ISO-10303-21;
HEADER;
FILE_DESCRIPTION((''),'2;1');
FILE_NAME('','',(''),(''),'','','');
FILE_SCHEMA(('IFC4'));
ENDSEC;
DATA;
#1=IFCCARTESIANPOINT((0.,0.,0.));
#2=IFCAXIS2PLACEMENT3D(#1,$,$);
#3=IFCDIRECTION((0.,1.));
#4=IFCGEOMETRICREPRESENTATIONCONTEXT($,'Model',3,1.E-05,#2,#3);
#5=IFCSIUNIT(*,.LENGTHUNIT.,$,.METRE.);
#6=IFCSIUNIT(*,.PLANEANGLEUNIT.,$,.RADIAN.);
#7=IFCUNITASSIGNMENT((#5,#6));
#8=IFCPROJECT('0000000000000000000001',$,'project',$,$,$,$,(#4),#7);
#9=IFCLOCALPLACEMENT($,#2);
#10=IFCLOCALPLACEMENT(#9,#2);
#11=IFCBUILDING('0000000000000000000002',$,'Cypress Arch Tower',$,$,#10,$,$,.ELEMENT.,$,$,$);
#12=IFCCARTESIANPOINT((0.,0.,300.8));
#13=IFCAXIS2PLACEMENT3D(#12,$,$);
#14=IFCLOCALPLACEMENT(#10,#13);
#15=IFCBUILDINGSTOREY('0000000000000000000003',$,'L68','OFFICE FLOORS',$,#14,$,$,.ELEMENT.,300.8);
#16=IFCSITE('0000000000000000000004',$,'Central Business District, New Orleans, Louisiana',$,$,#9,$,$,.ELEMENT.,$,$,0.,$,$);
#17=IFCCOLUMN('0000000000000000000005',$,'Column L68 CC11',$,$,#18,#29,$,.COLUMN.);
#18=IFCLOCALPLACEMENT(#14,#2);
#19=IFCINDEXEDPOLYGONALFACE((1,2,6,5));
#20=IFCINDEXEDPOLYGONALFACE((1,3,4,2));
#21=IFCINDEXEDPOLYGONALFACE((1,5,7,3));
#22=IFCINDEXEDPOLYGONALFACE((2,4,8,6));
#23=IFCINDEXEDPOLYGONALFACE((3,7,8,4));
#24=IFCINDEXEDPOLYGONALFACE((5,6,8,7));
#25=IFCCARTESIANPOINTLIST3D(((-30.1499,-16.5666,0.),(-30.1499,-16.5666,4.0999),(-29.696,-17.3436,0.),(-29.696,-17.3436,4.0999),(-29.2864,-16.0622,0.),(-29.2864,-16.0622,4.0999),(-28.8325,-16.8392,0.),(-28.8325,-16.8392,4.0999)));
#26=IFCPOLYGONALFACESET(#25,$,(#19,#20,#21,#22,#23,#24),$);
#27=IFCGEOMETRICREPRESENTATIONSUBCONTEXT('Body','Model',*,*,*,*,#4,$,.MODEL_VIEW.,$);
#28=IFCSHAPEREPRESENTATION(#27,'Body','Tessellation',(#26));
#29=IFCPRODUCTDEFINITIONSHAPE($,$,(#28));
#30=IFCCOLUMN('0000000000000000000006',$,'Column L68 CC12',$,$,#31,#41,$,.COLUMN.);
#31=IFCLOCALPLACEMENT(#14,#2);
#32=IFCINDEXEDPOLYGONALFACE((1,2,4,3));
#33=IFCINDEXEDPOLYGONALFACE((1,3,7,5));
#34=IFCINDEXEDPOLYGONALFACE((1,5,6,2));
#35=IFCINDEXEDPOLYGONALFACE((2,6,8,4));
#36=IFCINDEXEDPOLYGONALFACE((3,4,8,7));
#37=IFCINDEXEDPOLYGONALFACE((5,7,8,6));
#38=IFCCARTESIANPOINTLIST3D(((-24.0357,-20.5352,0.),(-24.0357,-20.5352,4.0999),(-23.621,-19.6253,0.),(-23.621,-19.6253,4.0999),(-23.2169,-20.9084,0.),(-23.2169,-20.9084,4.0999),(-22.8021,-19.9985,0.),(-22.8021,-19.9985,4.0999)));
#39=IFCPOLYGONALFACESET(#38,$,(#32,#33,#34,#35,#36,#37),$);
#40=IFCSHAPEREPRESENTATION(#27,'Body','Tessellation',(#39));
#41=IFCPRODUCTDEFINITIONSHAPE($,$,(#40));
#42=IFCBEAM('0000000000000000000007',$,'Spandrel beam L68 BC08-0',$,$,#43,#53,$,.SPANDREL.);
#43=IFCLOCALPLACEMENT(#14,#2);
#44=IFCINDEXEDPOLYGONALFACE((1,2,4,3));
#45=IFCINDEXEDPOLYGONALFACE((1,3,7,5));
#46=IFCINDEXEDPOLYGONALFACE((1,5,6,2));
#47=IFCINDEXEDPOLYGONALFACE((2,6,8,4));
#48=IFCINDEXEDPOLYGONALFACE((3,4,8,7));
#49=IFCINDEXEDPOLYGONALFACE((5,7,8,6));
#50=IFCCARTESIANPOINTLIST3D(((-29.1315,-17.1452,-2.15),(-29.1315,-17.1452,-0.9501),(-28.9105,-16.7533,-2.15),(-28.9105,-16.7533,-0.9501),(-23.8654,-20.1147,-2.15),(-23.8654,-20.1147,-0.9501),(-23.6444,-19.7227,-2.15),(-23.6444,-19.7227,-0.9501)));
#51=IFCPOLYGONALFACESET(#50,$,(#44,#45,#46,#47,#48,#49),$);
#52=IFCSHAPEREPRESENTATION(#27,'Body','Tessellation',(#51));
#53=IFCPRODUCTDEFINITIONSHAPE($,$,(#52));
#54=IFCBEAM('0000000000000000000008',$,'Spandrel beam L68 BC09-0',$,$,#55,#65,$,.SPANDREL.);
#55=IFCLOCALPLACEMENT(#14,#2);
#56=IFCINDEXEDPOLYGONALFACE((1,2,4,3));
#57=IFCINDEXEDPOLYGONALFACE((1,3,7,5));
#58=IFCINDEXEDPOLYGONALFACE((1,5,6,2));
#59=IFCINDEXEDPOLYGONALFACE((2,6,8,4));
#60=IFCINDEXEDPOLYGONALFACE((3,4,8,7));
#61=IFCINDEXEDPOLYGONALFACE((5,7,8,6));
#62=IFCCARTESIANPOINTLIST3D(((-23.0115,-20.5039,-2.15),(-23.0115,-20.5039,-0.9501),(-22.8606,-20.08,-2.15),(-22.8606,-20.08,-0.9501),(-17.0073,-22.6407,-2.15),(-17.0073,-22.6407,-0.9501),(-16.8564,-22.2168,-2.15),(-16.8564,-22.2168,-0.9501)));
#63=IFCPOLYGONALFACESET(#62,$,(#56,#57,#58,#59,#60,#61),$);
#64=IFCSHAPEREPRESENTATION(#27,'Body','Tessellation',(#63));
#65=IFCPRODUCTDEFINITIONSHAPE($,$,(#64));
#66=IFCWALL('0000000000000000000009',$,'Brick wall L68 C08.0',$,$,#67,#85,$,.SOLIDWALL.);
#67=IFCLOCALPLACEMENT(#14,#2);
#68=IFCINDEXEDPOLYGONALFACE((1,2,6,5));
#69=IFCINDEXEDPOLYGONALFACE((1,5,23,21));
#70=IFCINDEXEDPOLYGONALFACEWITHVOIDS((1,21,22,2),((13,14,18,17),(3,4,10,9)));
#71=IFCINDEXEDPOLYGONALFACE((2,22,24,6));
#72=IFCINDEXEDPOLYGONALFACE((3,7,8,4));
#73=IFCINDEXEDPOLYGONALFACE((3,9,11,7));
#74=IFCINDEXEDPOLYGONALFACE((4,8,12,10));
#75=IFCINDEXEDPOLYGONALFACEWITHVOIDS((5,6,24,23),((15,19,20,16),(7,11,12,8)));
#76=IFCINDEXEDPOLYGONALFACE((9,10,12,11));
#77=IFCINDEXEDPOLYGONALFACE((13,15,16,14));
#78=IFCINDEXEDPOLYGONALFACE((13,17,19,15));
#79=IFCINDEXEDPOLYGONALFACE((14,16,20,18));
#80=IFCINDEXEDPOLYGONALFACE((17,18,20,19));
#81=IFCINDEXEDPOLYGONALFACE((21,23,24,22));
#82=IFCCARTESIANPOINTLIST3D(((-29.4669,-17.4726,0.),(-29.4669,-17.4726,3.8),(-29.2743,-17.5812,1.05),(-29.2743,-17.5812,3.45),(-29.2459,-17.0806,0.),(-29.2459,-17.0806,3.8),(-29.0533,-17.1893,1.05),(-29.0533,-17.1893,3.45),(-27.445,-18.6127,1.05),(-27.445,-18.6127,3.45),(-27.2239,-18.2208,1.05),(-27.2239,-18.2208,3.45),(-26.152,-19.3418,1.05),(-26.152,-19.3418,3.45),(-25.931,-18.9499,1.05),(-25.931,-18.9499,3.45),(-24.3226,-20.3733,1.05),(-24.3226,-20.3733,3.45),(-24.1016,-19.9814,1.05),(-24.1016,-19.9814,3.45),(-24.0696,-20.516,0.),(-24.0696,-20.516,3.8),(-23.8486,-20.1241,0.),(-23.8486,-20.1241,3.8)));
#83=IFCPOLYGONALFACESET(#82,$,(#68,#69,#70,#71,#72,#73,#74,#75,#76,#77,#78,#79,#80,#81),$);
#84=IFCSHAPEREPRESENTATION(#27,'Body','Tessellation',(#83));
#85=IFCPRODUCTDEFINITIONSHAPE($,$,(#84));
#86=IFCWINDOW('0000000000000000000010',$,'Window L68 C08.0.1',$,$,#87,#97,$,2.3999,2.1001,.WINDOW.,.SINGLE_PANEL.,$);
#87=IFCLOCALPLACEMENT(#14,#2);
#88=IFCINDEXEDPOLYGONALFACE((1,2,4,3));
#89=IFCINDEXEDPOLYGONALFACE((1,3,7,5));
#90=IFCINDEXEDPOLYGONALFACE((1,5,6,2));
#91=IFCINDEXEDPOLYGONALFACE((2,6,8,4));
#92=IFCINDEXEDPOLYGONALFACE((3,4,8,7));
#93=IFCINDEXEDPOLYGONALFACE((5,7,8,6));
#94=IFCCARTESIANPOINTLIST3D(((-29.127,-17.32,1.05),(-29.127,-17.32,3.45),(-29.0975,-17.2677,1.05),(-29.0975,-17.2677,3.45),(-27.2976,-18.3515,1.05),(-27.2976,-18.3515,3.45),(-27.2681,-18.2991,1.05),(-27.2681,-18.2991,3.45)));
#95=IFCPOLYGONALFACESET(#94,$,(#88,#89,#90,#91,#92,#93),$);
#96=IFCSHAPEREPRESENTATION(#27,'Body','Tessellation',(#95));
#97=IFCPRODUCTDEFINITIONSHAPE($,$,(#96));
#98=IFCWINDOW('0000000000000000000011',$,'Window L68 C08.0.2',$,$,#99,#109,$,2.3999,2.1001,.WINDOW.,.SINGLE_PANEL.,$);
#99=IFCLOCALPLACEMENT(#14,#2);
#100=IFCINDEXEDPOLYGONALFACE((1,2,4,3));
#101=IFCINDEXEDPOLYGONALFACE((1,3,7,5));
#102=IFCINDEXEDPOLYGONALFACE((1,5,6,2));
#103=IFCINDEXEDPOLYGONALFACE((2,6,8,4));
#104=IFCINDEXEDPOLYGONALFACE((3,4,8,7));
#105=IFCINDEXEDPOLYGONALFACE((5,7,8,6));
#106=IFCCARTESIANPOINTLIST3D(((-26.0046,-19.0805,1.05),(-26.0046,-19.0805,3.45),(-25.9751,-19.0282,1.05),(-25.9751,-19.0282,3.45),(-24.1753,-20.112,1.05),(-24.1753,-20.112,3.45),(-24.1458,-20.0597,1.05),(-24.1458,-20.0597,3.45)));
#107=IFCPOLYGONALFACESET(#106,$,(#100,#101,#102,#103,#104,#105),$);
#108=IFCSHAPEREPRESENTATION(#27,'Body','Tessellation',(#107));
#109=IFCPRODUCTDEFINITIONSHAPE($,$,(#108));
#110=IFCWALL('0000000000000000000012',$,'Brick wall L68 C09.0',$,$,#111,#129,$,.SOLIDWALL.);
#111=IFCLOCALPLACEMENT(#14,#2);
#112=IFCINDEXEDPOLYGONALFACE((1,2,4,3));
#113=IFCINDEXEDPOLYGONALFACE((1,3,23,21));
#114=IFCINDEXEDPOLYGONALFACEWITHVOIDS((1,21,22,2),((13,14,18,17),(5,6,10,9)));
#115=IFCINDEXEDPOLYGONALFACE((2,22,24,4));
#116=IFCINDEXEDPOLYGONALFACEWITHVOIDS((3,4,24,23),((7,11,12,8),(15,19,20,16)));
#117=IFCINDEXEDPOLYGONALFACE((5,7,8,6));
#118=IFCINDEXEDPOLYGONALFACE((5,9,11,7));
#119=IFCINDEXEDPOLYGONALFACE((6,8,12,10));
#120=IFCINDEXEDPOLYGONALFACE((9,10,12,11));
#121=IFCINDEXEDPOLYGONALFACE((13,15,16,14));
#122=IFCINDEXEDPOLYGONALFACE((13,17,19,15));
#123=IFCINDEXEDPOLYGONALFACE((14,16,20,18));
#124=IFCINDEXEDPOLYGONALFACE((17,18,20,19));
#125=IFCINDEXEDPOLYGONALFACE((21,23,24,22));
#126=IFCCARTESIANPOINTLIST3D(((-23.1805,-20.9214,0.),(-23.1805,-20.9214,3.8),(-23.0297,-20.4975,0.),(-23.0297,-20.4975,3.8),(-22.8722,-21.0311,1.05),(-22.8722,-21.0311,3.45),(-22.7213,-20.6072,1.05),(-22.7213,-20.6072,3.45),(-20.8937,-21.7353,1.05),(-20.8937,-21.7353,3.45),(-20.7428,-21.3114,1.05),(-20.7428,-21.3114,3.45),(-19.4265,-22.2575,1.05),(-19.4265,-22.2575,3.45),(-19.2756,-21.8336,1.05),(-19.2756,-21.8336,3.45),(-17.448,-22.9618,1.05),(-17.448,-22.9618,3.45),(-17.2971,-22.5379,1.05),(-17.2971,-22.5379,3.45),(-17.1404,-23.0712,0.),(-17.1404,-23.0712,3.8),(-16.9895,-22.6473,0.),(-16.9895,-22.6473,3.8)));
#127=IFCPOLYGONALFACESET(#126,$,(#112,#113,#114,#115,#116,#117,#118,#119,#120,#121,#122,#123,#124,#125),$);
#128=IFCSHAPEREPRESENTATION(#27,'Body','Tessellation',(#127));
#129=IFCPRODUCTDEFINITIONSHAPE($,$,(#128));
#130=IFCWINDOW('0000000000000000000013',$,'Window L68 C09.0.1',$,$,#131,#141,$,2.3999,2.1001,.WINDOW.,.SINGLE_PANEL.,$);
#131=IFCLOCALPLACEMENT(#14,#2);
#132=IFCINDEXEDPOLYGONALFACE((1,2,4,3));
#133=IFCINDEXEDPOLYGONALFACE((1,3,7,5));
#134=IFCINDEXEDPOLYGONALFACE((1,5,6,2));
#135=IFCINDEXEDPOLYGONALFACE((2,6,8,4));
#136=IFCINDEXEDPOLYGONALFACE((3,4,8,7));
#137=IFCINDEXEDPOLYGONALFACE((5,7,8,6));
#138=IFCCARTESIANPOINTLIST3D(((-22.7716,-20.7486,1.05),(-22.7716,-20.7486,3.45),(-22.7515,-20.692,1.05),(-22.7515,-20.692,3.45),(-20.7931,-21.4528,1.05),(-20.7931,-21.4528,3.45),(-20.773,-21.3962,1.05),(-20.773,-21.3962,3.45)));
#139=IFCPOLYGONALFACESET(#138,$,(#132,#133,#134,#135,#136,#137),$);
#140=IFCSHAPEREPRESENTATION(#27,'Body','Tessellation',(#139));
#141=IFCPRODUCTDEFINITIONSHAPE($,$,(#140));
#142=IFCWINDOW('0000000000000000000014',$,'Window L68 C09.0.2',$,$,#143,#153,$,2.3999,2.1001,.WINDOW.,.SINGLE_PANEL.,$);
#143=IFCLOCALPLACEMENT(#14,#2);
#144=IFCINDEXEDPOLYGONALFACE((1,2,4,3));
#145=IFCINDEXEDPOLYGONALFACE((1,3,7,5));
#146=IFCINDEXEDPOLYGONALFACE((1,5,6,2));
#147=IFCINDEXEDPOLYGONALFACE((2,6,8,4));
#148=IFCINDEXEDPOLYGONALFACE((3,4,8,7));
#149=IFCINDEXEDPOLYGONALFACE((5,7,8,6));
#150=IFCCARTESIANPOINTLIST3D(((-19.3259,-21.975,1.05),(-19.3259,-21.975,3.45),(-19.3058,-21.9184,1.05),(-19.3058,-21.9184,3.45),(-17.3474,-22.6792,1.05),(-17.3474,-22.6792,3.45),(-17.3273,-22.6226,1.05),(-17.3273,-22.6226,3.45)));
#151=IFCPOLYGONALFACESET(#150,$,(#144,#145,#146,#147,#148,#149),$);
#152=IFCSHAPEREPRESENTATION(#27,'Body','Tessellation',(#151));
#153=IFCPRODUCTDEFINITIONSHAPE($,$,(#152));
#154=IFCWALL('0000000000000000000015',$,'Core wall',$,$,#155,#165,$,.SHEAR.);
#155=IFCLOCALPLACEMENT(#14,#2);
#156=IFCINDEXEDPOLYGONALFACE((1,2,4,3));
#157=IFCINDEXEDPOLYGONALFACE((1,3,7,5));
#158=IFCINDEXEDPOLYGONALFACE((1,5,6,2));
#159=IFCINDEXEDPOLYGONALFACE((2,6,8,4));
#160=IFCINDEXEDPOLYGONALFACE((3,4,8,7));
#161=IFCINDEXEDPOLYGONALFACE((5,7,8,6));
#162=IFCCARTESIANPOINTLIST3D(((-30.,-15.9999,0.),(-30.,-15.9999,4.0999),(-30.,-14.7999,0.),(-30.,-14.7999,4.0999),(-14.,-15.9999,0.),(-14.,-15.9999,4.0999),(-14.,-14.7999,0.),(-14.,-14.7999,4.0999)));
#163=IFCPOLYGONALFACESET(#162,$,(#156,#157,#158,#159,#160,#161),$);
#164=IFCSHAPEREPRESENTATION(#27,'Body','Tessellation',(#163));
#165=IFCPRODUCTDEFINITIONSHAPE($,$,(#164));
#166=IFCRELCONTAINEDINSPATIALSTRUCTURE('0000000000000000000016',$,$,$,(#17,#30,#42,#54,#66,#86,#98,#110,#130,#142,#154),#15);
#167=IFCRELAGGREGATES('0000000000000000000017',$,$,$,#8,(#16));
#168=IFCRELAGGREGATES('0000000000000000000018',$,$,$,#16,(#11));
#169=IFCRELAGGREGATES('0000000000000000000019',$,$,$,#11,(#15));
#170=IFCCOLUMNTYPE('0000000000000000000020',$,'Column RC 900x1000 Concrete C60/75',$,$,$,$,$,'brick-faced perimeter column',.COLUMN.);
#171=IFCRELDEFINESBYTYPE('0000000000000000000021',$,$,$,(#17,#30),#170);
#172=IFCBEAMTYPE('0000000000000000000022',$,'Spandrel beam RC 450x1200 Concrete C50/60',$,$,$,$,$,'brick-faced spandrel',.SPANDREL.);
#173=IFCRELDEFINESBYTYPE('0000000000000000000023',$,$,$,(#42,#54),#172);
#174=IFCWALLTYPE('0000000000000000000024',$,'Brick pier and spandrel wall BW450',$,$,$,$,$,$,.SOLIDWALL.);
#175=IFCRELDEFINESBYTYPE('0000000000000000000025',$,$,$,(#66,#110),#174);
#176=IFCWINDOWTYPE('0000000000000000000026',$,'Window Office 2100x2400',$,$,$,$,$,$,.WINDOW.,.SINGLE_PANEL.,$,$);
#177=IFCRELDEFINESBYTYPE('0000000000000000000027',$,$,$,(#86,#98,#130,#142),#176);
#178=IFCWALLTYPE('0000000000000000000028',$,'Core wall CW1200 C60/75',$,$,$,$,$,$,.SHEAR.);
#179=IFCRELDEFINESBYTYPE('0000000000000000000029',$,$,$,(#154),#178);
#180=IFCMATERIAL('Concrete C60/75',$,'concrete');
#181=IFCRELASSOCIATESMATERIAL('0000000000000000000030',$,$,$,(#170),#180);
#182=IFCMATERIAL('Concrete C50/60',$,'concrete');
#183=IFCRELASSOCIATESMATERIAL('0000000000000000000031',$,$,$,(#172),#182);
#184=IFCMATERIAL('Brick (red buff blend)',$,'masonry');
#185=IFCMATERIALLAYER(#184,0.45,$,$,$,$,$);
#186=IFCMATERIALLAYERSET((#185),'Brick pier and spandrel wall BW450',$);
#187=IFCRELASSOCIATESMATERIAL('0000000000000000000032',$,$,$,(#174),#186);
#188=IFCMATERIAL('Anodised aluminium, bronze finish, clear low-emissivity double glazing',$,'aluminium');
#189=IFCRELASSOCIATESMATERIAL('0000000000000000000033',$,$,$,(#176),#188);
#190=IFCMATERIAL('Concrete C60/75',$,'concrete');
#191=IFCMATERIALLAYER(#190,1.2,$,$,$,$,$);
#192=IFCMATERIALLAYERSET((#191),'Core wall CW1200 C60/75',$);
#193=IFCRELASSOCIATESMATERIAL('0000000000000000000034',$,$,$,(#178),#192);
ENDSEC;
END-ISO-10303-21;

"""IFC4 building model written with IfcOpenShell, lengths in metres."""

from ifc_helpers import new_model, si_unit, direction, frame, frame_2d, origin, origin_2d, place, context, subcontext, project, spatial, rectangle, extrude, material, layer, layer_set, material_profile, profile_set, type_object, element, fill, save


model = new_model("IFC4")

# Units and contexts
model_context = context("Model", 3, precision=1e-05, world=origin(), true_north=direction((0.0, 1.0)))
body_context = subcontext(model_context, "Body", "Model", "MODEL_VIEW")
ifc_project = project(units=[si_unit("LENGTHUNIT", "METRE"), si_unit("PLANEANGLEUNIT", "RADIAN")], contexts=[model_context])

# Site, building, storey
site_placement = place(None, origin())
site = spatial("IfcSite", under=ifc_project, at=site_placement, Name="Central Business District, New Orleans, Louisiana", CompositionType="ELEMENT", RefElevation=0.0)
building_placement = place(site_placement, origin())
building = spatial("IfcBuilding", under=site, at=building_placement, Name="Cypress Arch Tower", CompositionType="ELEMENT")
storey_placement = place(building_placement, frame((0.0, 0.0, 300.8)))
storey = spatial("IfcBuildingStorey", under=building, at=storey_placement, Name="L68", Description="OFFICE FLOORS", CompositionType="ELEMENT", Elevation=300.8)

# Columns
ifc_material_1 = material(Name="Concrete C60/75", Category="concrete")
ifc_material_profile_1 = material_profile(ifc_material_1, rectangle(XDim=0.8999, YDim=1.0, at=origin_2d()), Name="RC 900x1000")
ifc_profile_set_1 = profile_set([ifc_material_profile_1], Name="Concrete C60/75")
column_type = type_object("IfcColumnType", Name="Column RC 900x1000 Concrete C60/75", ElementType="brick-faced perimeter column", PredefinedType="COLUMN", material=ifc_profile_set_1)
for number, where, z_axis, x_axis, name in (
    (1, (-29.4912, -16.7029, 0.0), (0.0, 0.0, 1.0), (0.504399, -0.863471, 0.0), "Column L68 CC11"),
    (2, (-23.4189, -20.2668, 0.0), (0.0, 0.0, 1.0), (0.909932, -0.414757, 0.0), "Column L68 CC12"),
):
    element("IfcColumn", number, at=place(storey_placement, frame(where, z_axis=z_axis, x_axis=x_axis)), inside=storey, type_object=column_type, Name=name, PredefinedType="COLUMN", context=body_context, shape_type="SweptSolid", body=[
        extrude(rectangle(XDim=0.8999, YDim=1.0, at=origin_2d()), origin(), (0.0, 0.0, 1.0), 4.0999),
    ])

# Beams
ifc_material_2 = material(Name="Concrete C50/60", Category="concrete")
ifc_material_profile_2 = material_profile(ifc_material_2, rectangle(XDim=0.45, YDim=1.2, at=origin_2d()), Name="RC 450x1200")
ifc_profile_set_2 = profile_set([ifc_material_profile_2], Name="Concrete C50/60")
beam_type = type_object("IfcBeamType", Name="Spandrel beam RC 450x1200 Concrete C50/60", ElementType="brick-faced spandrel", PredefinedType="SPANDREL", material=ifc_profile_set_2)
beam_1_placement = place(storey_placement, frame((-29.021, -16.9492, -1.55), z_axis=(0.87106, -0.491177, 0.0), x_axis=(0.491177, 0.87106, 0.0)))
element("IfcBeam", 3, at=beam_1_placement, inside=storey, type_object=beam_type, Name="Spandrel beam L68 BC08-0", PredefinedType="SPANDREL", context=body_context, shape_type="SweptSolid", body=[
    extrude(rectangle(XDim=0.45, YDim=1.2, at=origin_2d()), origin(), (0.0, 0.0, 1.0), 6.0457),
])
beam_2_placement = place(storey_placement, frame((-22.936, -20.292, -1.55), z_axis=(0.94212, -0.335276, 0.0), x_axis=(0.335276, 0.94212, 0.0)))
element("IfcBeam", 4, at=beam_2_placement, inside=storey, type_object=beam_type, Name="Spandrel beam L68 BC09-0", PredefinedType="SPANDREL", context=body_context, shape_type="SweptSolid", body=[
    extrude(rectangle(XDim=0.45, YDim=1.2, at=origin_2d()), origin(), (0.0, 0.0, 1.0), 6.373),
])

# Walls, openings, windows
ifc_material_3 = material(Name="Brick (red buff blend)", Category="masonry")
ifc_layer_1 = layer(ifc_material_3, 0.45)
ifc_layer_set_1 = layer_set([ifc_layer_1], Name="Brick pier and spandrel wall BW450")
wall_type_1 = type_object("IfcWallType", Name="Brick pier and spandrel wall BW450", PredefinedType="SOLIDWALL", material=ifc_layer_set_1)
wall_1_placement = place(storey_placement, frame((-29.3564, -17.2766, 0.0), z_axis=(0.0, 0.0, 1.0), x_axis=(0.871066, -0.491166, 0.0)))
wall_1 = element("IfcWall", 5, at=wall_1_placement, inside=storey, type_object=wall_type_1, Name="Brick wall L68 C08.0", PredefinedType="SOLIDWALL", context=body_context, shape_type="SweptSolid", body=[
    extrude(rectangle(XDim=6.1963, YDim=0.45, at=frame_2d((3.0981, 0.0))), origin(), (0.0, 0.0, 1.0), 3.8),
])
opening_1_placement = place(wall_1_placement, frame((0.2212, 0.0, 1.05)))
opening_1 = element("IfcOpeningElement", 6, at=opening_1_placement, cuts=wall_1, PredefinedType="OPENING", context=body_context, shape_type="SweptSolid", body=[
    extrude(rectangle(XDim=2.1001, YDim=2.3999, at=frame_2d((1.05, 1.2))), frame((0.0, 0.2349, 0.0), z_axis=(0.0, -1.0, 0.0), x_axis=(1.0, 0.0, 0.0)), (0.0, 0.0, 1.0), 0.47),
])
opening_2_placement = place(wall_1_placement, frame((3.8057, 0.0, 1.05)))
opening_2 = element("IfcOpeningElement", 7, at=opening_2_placement, cuts=wall_1, PredefinedType="OPENING", context=body_context, shape_type="SweptSolid", body=[
    extrude(rectangle(XDim=2.1001, YDim=2.3999, at=frame_2d((1.05, 1.2))), frame((0.0, 0.2349, 0.0), z_axis=(0.0, -1.0, 0.0), x_axis=(1.0, 0.0, 0.0)), (0.0, 0.0, 1.0), 0.47),
])
ifc_material_4 = material(Name="Anodised aluminium, bronze finish, clear low-emissivity double glazing", Category="aluminium")
window_type = type_object("IfcWindowType", Name="Window Office 2100x2400", PartitioningType="SINGLE_PANEL", PredefinedType="WINDOW", material=ifc_material_4)
window_1_placement = place(opening_1_placement, origin())
window_1 = element("IfcWindow", 8, at=window_1_placement, inside=storey, type_object=window_type, Name="Window L68 C08.0.1", OverallHeight=2.3999, OverallWidth=2.1001, PartitioningType="SINGLE_PANEL", PredefinedType="WINDOW", context=body_context, shape_type="SweptSolid", body=[
    extrude(rectangle(XDim=2.1001, YDim=2.3999, at=frame_2d((1.05, 1.2))), frame((0.0, 0.135, 0.0), z_axis=(0.0, -1.0, 0.0), x_axis=(1.0, 0.0, 0.0)), (0.0, 0.0, 1.0), 0.0601),
])
fill(opening_1, window_1)
window_2_placement = place(opening_2_placement, origin())
window_2 = element("IfcWindow", 9, at=window_2_placement, inside=storey, type_object=window_type, Name="Window L68 C08.0.2", OverallHeight=2.3999, OverallWidth=2.1001, PartitioningType="SINGLE_PANEL", PredefinedType="WINDOW", context=body_context, shape_type="SweptSolid", body=[
    extrude(rectangle(XDim=2.1001, YDim=2.3999, at=frame_2d((1.05, 1.2))), frame((0.0, 0.135, 0.0), z_axis=(0.0, -1.0, 0.0), x_axis=(1.0, 0.0, 0.0)), (0.0, 0.0, 1.0), 0.0601),
])
fill(opening_2, window_2)
wall_2_placement = place(storey_placement, frame((-23.105, -20.7095, 0.0), z_axis=(0.0, 0.0, 1.0), x_axis=(0.942104, -0.335321, 0.0)))
wall_2 = element("IfcWall", 10, at=wall_2_placement, inside=storey, type_object=wall_type_1, Name="Brick wall L68 C09.0", PredefinedType="SOLIDWALL", context=body_context, shape_type="SweptSolid", body=[
    extrude(rectangle(XDim=6.4114, YDim=0.45, at=frame_2d((3.2056, 0.0))), origin(), (0.0, 0.0, 1.0), 3.8),
])
opening_3_placement = place(wall_2_placement, frame((0.3271, 0.0, 1.05)))
opening_3 = element("IfcOpeningElement", 11, at=opening_3_placement, cuts=wall_2, PredefinedType="OPENING", context=body_context, shape_type="SweptSolid", body=[
    extrude(rectangle(XDim=2.1001, YDim=2.3999, at=frame_2d((1.05, 1.2))), frame((0.0, 0.2349, 0.0), z_axis=(0.0, -1.0, 0.0), x_axis=(1.0, 0.0, 0.0)), (0.0, 0.0, 1.0), 0.47),
])
opening_4_placement = place(wall_2_placement, frame((3.9846, 0.0, 1.05)))
opening_4 = element("IfcOpeningElement", 12, at=opening_4_placement, cuts=wall_2, PredefinedType="OPENING", context=body_context, shape_type="SweptSolid", body=[
    extrude(rectangle(XDim=2.1001, YDim=2.3999, at=frame_2d((1.05, 1.2))), frame((0.0, 0.2349, 0.0), z_axis=(0.0, -1.0, 0.0), x_axis=(1.0, 0.0, 0.0)), (0.0, 0.0, 1.0), 0.47),
])
window_3_placement = place(opening_3_placement, origin())
window_3 = element("IfcWindow", 13, at=window_3_placement, inside=storey, type_object=window_type, Name="Window L68 C09.0.1", OverallHeight=2.3999, OverallWidth=2.1001, PartitioningType="SINGLE_PANEL", PredefinedType="WINDOW", context=body_context, shape_type="SweptSolid", body=[
    extrude(rectangle(XDim=2.1001, YDim=2.3999, at=frame_2d((1.05, 1.2))), frame((0.0, 0.135, 0.0), z_axis=(0.0, -1.0, 0.0), x_axis=(1.0, 0.0, 0.0)), (0.0, 0.0, 1.0), 0.0601),
])
fill(opening_3, window_3)
window_4_placement = place(opening_4_placement, origin())
window_4 = element("IfcWindow", 14, at=window_4_placement, inside=storey, type_object=window_type, Name="Window L68 C09.0.2", OverallHeight=2.3999, OverallWidth=2.1001, PartitioningType="SINGLE_PANEL", PredefinedType="WINDOW", context=body_context, shape_type="SweptSolid", body=[
    extrude(rectangle(XDim=2.1001, YDim=2.3999, at=frame_2d((1.05, 1.2))), frame((0.0, 0.135, 0.0), z_axis=(0.0, -1.0, 0.0), x_axis=(1.0, 0.0, 0.0)), (0.0, 0.0, 1.0), 0.0601),
])
fill(opening_4, window_4)

# Wall
ifc_material_5 = material(Name="Concrete C60/75", Category="concrete")
ifc_layer_2 = layer(ifc_material_5, 1.2)
ifc_layer_set_2 = layer_set([ifc_layer_2], Name="Core wall CW1200 C60/75")
wall_type_2 = type_object("IfcWallType", Name="Core wall CW1200 C60/75", PredefinedType="SHEAR", material=ifc_layer_set_2)
wall_3_placement = place(storey_placement, frame((-30.0, -15.3999, 0.0), z_axis=(0.0, 0.0, 1.0), x_axis=(1.0, 0.0, 0.0)))
element("IfcWall", 15, at=wall_3_placement, inside=storey, type_object=wall_type_2, Name="Core wall", PredefinedType="SHEAR", context=body_context, shape_type="SweptSolid", body=[
    extrude(rectangle(XDim=16.0, YDim=1.2, at=frame_2d((8.0, 0.0))), origin(), (0.0, 0.0, 1.0), 4.0999),
])

save(model, "model.ifc")
